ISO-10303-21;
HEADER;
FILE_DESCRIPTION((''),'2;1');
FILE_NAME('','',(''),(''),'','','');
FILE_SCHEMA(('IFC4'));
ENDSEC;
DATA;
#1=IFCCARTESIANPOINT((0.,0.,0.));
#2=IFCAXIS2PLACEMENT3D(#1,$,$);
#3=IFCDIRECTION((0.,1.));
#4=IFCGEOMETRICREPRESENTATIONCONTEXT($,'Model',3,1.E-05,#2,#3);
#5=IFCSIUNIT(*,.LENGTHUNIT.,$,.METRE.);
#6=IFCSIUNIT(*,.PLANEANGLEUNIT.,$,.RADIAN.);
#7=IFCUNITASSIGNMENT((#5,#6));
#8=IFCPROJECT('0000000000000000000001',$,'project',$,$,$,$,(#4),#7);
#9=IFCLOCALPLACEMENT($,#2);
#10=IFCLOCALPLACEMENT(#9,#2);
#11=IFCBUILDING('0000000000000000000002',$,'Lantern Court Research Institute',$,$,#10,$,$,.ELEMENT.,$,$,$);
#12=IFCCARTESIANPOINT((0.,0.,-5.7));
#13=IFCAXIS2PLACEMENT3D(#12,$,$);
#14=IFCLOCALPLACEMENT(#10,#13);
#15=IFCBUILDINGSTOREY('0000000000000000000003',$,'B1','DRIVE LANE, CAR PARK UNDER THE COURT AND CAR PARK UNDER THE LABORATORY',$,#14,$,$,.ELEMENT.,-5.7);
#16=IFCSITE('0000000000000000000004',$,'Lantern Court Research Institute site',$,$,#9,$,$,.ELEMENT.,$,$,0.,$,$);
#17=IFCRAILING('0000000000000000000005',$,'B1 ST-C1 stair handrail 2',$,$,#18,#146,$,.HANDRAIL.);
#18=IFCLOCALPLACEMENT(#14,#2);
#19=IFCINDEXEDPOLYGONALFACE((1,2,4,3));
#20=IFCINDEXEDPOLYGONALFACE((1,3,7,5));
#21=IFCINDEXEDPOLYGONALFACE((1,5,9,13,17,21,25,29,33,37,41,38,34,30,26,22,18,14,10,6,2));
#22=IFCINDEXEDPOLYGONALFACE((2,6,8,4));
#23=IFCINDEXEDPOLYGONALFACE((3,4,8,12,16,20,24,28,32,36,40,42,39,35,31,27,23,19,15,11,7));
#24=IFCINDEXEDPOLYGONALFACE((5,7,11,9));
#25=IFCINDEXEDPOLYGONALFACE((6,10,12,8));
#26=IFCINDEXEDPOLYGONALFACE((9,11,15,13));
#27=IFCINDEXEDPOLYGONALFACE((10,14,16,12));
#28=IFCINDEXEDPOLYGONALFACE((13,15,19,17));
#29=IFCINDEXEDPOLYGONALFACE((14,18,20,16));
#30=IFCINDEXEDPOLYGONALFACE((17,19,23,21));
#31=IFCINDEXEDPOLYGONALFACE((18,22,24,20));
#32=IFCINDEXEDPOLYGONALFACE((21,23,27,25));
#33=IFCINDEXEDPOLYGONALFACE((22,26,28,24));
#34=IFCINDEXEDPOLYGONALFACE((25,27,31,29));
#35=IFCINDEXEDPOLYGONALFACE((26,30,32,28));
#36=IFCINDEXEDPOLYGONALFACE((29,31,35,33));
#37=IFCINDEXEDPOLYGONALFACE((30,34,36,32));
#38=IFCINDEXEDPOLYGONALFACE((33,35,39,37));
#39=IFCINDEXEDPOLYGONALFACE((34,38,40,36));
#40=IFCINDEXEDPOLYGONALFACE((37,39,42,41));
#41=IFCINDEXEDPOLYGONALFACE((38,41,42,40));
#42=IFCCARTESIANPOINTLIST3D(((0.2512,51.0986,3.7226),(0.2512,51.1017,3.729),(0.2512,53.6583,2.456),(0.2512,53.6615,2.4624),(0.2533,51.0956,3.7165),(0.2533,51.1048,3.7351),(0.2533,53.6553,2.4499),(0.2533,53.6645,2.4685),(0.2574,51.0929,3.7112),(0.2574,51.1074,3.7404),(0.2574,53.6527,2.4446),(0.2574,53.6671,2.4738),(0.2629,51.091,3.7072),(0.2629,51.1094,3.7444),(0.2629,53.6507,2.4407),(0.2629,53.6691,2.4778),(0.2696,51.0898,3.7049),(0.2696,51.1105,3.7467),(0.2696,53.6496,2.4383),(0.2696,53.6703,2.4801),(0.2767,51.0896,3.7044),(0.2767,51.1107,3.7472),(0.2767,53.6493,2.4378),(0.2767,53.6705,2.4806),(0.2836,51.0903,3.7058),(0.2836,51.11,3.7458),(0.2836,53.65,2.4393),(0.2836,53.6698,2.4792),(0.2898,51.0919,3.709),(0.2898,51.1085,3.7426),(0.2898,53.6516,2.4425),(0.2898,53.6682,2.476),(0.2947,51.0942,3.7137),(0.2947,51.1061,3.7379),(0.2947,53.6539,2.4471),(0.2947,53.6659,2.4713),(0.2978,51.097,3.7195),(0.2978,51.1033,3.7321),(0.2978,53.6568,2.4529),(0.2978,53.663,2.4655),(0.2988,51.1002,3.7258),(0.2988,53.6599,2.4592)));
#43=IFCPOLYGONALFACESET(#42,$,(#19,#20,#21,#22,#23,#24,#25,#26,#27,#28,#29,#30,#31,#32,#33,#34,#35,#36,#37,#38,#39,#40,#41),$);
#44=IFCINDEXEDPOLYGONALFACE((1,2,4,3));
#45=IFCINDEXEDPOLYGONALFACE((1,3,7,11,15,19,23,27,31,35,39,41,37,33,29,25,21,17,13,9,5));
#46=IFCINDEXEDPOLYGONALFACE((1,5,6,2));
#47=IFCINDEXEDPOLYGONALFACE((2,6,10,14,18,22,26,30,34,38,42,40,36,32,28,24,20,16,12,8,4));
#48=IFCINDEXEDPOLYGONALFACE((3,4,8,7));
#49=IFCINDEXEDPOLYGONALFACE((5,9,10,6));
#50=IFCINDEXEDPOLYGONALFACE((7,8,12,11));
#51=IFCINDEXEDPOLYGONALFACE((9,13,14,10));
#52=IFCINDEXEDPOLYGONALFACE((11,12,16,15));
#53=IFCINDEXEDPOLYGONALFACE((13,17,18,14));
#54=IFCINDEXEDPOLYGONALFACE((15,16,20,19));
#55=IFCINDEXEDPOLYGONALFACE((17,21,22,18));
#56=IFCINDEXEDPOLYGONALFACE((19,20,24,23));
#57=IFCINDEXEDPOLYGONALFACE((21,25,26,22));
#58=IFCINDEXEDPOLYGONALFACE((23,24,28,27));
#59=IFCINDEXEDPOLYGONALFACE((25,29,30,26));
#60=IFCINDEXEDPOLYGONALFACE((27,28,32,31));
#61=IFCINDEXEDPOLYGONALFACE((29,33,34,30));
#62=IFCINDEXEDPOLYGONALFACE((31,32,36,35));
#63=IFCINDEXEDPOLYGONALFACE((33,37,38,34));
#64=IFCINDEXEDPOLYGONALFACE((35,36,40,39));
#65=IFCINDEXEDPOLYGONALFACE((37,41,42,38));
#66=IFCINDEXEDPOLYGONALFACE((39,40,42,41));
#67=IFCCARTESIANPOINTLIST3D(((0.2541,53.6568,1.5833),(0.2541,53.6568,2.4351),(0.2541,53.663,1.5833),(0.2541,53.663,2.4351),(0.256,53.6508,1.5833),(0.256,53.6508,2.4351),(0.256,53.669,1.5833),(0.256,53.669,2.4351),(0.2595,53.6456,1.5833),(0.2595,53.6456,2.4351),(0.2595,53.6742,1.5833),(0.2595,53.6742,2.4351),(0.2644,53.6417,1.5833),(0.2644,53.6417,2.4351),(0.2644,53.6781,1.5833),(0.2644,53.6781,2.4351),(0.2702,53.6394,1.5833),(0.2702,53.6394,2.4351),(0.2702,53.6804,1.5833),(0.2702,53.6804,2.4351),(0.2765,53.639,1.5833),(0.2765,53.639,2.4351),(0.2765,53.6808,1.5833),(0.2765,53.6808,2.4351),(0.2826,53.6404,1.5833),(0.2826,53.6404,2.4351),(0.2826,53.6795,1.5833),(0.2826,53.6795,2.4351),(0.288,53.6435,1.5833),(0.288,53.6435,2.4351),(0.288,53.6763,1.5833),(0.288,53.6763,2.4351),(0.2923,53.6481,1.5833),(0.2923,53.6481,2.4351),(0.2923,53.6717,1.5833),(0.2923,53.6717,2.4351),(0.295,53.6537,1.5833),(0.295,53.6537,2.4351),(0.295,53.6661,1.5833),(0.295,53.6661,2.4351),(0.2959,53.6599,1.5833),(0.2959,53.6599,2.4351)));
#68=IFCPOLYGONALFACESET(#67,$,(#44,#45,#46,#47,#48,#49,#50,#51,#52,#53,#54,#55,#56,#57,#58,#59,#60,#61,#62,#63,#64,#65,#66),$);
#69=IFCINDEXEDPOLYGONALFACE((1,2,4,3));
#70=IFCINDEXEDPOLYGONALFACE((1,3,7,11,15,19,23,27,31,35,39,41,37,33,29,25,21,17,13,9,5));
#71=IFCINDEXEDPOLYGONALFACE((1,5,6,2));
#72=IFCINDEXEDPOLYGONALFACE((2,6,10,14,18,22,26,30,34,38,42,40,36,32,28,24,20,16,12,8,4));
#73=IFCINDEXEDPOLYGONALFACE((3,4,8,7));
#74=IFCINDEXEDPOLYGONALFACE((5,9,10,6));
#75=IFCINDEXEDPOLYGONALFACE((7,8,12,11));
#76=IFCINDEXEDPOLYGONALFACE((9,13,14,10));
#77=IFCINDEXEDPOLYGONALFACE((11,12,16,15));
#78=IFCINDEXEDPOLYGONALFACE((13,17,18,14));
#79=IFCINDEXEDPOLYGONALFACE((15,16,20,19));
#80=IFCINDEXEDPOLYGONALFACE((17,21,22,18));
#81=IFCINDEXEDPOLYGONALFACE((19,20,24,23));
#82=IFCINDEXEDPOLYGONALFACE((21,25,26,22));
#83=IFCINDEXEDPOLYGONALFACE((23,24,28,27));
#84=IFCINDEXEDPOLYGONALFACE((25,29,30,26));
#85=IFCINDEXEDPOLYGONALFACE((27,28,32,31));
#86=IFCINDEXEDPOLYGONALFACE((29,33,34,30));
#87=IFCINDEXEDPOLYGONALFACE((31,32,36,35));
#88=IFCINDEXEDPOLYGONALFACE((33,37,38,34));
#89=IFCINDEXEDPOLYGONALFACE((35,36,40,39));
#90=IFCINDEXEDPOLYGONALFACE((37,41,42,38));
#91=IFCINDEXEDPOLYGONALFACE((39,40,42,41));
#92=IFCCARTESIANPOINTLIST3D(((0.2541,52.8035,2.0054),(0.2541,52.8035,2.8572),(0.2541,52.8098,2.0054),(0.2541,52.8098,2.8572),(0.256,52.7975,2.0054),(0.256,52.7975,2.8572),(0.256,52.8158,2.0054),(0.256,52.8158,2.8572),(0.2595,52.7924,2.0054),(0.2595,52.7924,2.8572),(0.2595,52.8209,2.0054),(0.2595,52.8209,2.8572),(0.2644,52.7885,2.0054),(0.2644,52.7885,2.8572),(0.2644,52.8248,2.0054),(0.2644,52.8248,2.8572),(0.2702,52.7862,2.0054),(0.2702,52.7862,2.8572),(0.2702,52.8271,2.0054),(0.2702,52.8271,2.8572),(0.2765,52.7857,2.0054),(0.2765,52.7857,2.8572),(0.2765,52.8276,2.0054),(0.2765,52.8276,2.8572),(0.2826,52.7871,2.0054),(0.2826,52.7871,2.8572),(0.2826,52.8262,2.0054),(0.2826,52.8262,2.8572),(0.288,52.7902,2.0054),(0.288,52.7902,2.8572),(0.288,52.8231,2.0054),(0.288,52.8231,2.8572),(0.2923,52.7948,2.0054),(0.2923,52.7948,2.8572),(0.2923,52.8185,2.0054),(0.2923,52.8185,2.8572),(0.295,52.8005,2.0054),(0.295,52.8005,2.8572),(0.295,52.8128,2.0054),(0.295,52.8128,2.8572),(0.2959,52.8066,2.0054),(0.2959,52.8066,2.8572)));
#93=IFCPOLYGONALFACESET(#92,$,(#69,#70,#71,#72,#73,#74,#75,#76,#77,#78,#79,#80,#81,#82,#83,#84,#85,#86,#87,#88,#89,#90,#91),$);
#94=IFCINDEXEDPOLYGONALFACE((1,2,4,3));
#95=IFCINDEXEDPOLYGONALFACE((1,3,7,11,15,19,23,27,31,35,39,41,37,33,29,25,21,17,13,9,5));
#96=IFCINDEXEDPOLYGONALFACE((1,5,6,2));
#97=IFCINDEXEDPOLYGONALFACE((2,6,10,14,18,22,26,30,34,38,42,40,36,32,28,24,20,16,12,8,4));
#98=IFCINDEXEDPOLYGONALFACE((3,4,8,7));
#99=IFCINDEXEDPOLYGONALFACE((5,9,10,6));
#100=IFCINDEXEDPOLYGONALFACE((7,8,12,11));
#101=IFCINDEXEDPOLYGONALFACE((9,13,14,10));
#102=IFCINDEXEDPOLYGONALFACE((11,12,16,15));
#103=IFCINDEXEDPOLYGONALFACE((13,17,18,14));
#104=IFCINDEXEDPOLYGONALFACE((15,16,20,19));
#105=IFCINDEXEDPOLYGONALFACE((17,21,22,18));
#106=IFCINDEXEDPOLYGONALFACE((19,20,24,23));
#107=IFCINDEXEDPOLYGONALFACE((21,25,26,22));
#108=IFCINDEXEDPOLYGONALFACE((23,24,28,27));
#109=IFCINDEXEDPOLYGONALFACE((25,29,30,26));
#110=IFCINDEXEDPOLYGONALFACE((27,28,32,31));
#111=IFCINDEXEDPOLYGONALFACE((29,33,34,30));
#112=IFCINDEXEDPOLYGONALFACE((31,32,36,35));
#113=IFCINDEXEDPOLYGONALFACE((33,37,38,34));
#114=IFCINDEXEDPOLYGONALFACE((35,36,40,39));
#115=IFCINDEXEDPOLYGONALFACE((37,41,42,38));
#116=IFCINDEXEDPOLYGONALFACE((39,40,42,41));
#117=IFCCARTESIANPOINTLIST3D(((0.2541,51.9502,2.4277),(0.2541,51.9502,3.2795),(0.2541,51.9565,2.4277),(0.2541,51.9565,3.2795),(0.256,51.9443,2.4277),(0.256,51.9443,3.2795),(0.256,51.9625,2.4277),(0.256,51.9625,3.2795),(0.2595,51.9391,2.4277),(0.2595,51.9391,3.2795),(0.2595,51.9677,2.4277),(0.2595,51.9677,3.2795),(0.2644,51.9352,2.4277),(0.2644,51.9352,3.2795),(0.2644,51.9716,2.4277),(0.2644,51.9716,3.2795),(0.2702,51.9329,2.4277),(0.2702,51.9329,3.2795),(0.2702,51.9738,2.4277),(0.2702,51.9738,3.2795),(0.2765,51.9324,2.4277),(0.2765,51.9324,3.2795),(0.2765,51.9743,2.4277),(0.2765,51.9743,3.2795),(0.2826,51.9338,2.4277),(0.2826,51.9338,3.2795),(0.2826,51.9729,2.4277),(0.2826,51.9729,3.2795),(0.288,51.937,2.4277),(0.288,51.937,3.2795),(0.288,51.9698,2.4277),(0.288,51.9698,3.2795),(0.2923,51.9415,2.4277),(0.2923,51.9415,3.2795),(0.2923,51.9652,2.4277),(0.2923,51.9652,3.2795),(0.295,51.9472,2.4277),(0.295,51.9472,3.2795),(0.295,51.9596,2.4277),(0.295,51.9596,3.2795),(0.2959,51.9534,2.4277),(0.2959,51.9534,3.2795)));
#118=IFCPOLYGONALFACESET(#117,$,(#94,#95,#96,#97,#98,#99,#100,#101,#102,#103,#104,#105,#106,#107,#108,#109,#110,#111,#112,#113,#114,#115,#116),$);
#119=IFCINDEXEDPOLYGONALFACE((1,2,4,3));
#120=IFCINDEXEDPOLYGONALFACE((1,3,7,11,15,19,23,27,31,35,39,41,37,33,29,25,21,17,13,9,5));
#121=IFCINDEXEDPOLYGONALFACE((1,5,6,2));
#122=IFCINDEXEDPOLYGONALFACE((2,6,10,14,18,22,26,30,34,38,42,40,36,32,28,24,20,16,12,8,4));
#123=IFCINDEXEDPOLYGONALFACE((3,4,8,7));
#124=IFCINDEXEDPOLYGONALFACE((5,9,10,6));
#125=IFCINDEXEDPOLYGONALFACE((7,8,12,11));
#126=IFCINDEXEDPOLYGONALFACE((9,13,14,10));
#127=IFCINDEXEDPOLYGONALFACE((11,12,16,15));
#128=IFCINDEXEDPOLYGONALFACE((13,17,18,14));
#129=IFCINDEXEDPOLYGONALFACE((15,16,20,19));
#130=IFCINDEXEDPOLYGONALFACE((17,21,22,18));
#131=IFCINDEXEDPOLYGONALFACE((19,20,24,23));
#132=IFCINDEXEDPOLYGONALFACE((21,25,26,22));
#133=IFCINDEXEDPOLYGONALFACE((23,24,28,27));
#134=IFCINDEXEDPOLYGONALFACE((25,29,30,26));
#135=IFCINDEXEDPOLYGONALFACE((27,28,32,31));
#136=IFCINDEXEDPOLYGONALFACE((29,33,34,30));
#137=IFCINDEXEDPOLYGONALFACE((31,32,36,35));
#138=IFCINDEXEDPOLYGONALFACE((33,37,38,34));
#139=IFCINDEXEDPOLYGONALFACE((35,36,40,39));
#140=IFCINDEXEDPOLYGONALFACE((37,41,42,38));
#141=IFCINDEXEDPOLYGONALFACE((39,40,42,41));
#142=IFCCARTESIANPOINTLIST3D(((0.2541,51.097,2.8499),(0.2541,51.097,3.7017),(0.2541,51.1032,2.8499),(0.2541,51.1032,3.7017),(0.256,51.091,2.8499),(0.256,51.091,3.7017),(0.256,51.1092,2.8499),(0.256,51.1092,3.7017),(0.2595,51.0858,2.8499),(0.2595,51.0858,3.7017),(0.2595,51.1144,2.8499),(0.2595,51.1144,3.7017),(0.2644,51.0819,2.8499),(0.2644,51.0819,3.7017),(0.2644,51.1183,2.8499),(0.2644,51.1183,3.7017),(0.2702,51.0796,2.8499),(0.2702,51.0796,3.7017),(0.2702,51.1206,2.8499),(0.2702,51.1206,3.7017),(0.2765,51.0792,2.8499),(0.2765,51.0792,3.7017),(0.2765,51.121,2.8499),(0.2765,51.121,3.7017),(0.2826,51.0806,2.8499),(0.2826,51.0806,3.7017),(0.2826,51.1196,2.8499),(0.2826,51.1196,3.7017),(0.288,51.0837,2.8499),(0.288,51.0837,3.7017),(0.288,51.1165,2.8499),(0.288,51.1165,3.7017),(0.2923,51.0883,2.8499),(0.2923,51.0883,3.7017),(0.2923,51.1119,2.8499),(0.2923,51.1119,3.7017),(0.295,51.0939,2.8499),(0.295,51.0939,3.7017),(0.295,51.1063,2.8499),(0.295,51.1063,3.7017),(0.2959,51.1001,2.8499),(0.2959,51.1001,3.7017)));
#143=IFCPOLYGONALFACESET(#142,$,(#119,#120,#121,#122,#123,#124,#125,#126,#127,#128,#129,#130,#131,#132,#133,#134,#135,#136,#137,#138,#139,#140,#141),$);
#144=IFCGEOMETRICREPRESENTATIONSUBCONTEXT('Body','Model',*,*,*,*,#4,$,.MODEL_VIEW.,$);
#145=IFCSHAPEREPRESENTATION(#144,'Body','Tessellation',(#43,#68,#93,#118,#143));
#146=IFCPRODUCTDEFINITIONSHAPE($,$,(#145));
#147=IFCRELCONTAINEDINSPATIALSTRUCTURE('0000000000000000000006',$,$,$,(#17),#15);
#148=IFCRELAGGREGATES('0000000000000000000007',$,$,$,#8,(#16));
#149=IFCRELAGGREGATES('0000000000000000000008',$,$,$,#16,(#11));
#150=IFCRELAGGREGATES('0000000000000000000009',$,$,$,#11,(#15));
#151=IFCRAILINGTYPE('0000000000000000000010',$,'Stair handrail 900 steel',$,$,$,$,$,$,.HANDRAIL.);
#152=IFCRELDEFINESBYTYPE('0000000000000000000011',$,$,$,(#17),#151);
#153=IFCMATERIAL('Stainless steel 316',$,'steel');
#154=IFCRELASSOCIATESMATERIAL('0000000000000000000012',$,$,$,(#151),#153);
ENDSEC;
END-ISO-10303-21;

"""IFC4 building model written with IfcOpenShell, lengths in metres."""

from ifc_helpers import new_model, si_unit, direction, frame, origin, origin_2d, place, context, subcontext, project, spatial, circle, extrude, material, type_object, element, save


model = new_model("IFC4")

# Units and contexts
model_context = context("Model", 3, precision=1e-05, world=origin(), true_north=direction((0.0, 1.0)))
body_context = subcontext(model_context, "Body", "Model", "MODEL_VIEW")
ifc_project = project(units=[si_unit("LENGTHUNIT", "METRE"), si_unit("PLANEANGLEUNIT", "RADIAN")], contexts=[model_context])

# Site, building, storey
site_placement = place(None, origin())
site = spatial("IfcSite", under=ifc_project, at=site_placement, Name="Lantern Court Research Institute site", CompositionType="ELEMENT", RefElevation=0.0)
building_placement = place(site_placement, origin())
building = spatial("IfcBuilding", under=site, at=building_placement, Name="Lantern Court Research Institute", CompositionType="ELEMENT")
storey_placement = place(building_placement, frame((0.0, 0.0, -5.7)))
storey = spatial("IfcBuildingStorey", under=building, at=storey_placement, Name="B1", Description="DRIVE LANE, CAR PARK UNDER THE COURT AND CAR PARK UNDER THE LABORATORY", CompositionType="ELEMENT", Elevation=-5.7)

# Railing
ifc_material_1 = material(Name="Stainless steel 316", Category="steel")
railing_type_1 = type_object("IfcRailingType", Name="Stair handrail 900 steel", PredefinedType="HANDRAIL", material=ifc_material_1)
railing_1_placement = place(storey_placement, frame((0.2749, 53.6599, 1.5833)))
element("IfcRailing", 1, at=railing_1_placement, inside=storey, type_object=railing_type_1, Name="B1 ST-C1 stair handrail 2", PredefinedType="HANDRAIL", context=body_context, shape_type="SweptSolid", body=[
    extrude(circle(Radius=0.0239, at=origin_2d()), frame((0.0, 0.0, 0.876), z_axis=(0.0, -0.896283, 0.443483), x_axis=(1.0, 0.0, 0.0)), (0.0, 0.0, 1.0), 2.856),
    extrude(circle(Radius=0.021, at=origin_2d()), origin(), (0.0, 0.0, 1.0), 0.8518),
    extrude(circle(Radius=0.021, at=origin_2d()), frame((0.0, -0.8533, 0.4221)), (0.0, 0.0, 1.0), 0.8518),
    extrude(circle(Radius=0.021, at=origin_2d()), frame((0.0, -1.7065, 0.8445)), (0.0, 0.0, 1.0), 0.8518),
    extrude(circle(Radius=0.021, at=origin_2d()), frame((0.0, -2.5598, 1.2666)), (0.0, 0.0, 1.0), 0.8518),
])

save(model, "model.ifc")
